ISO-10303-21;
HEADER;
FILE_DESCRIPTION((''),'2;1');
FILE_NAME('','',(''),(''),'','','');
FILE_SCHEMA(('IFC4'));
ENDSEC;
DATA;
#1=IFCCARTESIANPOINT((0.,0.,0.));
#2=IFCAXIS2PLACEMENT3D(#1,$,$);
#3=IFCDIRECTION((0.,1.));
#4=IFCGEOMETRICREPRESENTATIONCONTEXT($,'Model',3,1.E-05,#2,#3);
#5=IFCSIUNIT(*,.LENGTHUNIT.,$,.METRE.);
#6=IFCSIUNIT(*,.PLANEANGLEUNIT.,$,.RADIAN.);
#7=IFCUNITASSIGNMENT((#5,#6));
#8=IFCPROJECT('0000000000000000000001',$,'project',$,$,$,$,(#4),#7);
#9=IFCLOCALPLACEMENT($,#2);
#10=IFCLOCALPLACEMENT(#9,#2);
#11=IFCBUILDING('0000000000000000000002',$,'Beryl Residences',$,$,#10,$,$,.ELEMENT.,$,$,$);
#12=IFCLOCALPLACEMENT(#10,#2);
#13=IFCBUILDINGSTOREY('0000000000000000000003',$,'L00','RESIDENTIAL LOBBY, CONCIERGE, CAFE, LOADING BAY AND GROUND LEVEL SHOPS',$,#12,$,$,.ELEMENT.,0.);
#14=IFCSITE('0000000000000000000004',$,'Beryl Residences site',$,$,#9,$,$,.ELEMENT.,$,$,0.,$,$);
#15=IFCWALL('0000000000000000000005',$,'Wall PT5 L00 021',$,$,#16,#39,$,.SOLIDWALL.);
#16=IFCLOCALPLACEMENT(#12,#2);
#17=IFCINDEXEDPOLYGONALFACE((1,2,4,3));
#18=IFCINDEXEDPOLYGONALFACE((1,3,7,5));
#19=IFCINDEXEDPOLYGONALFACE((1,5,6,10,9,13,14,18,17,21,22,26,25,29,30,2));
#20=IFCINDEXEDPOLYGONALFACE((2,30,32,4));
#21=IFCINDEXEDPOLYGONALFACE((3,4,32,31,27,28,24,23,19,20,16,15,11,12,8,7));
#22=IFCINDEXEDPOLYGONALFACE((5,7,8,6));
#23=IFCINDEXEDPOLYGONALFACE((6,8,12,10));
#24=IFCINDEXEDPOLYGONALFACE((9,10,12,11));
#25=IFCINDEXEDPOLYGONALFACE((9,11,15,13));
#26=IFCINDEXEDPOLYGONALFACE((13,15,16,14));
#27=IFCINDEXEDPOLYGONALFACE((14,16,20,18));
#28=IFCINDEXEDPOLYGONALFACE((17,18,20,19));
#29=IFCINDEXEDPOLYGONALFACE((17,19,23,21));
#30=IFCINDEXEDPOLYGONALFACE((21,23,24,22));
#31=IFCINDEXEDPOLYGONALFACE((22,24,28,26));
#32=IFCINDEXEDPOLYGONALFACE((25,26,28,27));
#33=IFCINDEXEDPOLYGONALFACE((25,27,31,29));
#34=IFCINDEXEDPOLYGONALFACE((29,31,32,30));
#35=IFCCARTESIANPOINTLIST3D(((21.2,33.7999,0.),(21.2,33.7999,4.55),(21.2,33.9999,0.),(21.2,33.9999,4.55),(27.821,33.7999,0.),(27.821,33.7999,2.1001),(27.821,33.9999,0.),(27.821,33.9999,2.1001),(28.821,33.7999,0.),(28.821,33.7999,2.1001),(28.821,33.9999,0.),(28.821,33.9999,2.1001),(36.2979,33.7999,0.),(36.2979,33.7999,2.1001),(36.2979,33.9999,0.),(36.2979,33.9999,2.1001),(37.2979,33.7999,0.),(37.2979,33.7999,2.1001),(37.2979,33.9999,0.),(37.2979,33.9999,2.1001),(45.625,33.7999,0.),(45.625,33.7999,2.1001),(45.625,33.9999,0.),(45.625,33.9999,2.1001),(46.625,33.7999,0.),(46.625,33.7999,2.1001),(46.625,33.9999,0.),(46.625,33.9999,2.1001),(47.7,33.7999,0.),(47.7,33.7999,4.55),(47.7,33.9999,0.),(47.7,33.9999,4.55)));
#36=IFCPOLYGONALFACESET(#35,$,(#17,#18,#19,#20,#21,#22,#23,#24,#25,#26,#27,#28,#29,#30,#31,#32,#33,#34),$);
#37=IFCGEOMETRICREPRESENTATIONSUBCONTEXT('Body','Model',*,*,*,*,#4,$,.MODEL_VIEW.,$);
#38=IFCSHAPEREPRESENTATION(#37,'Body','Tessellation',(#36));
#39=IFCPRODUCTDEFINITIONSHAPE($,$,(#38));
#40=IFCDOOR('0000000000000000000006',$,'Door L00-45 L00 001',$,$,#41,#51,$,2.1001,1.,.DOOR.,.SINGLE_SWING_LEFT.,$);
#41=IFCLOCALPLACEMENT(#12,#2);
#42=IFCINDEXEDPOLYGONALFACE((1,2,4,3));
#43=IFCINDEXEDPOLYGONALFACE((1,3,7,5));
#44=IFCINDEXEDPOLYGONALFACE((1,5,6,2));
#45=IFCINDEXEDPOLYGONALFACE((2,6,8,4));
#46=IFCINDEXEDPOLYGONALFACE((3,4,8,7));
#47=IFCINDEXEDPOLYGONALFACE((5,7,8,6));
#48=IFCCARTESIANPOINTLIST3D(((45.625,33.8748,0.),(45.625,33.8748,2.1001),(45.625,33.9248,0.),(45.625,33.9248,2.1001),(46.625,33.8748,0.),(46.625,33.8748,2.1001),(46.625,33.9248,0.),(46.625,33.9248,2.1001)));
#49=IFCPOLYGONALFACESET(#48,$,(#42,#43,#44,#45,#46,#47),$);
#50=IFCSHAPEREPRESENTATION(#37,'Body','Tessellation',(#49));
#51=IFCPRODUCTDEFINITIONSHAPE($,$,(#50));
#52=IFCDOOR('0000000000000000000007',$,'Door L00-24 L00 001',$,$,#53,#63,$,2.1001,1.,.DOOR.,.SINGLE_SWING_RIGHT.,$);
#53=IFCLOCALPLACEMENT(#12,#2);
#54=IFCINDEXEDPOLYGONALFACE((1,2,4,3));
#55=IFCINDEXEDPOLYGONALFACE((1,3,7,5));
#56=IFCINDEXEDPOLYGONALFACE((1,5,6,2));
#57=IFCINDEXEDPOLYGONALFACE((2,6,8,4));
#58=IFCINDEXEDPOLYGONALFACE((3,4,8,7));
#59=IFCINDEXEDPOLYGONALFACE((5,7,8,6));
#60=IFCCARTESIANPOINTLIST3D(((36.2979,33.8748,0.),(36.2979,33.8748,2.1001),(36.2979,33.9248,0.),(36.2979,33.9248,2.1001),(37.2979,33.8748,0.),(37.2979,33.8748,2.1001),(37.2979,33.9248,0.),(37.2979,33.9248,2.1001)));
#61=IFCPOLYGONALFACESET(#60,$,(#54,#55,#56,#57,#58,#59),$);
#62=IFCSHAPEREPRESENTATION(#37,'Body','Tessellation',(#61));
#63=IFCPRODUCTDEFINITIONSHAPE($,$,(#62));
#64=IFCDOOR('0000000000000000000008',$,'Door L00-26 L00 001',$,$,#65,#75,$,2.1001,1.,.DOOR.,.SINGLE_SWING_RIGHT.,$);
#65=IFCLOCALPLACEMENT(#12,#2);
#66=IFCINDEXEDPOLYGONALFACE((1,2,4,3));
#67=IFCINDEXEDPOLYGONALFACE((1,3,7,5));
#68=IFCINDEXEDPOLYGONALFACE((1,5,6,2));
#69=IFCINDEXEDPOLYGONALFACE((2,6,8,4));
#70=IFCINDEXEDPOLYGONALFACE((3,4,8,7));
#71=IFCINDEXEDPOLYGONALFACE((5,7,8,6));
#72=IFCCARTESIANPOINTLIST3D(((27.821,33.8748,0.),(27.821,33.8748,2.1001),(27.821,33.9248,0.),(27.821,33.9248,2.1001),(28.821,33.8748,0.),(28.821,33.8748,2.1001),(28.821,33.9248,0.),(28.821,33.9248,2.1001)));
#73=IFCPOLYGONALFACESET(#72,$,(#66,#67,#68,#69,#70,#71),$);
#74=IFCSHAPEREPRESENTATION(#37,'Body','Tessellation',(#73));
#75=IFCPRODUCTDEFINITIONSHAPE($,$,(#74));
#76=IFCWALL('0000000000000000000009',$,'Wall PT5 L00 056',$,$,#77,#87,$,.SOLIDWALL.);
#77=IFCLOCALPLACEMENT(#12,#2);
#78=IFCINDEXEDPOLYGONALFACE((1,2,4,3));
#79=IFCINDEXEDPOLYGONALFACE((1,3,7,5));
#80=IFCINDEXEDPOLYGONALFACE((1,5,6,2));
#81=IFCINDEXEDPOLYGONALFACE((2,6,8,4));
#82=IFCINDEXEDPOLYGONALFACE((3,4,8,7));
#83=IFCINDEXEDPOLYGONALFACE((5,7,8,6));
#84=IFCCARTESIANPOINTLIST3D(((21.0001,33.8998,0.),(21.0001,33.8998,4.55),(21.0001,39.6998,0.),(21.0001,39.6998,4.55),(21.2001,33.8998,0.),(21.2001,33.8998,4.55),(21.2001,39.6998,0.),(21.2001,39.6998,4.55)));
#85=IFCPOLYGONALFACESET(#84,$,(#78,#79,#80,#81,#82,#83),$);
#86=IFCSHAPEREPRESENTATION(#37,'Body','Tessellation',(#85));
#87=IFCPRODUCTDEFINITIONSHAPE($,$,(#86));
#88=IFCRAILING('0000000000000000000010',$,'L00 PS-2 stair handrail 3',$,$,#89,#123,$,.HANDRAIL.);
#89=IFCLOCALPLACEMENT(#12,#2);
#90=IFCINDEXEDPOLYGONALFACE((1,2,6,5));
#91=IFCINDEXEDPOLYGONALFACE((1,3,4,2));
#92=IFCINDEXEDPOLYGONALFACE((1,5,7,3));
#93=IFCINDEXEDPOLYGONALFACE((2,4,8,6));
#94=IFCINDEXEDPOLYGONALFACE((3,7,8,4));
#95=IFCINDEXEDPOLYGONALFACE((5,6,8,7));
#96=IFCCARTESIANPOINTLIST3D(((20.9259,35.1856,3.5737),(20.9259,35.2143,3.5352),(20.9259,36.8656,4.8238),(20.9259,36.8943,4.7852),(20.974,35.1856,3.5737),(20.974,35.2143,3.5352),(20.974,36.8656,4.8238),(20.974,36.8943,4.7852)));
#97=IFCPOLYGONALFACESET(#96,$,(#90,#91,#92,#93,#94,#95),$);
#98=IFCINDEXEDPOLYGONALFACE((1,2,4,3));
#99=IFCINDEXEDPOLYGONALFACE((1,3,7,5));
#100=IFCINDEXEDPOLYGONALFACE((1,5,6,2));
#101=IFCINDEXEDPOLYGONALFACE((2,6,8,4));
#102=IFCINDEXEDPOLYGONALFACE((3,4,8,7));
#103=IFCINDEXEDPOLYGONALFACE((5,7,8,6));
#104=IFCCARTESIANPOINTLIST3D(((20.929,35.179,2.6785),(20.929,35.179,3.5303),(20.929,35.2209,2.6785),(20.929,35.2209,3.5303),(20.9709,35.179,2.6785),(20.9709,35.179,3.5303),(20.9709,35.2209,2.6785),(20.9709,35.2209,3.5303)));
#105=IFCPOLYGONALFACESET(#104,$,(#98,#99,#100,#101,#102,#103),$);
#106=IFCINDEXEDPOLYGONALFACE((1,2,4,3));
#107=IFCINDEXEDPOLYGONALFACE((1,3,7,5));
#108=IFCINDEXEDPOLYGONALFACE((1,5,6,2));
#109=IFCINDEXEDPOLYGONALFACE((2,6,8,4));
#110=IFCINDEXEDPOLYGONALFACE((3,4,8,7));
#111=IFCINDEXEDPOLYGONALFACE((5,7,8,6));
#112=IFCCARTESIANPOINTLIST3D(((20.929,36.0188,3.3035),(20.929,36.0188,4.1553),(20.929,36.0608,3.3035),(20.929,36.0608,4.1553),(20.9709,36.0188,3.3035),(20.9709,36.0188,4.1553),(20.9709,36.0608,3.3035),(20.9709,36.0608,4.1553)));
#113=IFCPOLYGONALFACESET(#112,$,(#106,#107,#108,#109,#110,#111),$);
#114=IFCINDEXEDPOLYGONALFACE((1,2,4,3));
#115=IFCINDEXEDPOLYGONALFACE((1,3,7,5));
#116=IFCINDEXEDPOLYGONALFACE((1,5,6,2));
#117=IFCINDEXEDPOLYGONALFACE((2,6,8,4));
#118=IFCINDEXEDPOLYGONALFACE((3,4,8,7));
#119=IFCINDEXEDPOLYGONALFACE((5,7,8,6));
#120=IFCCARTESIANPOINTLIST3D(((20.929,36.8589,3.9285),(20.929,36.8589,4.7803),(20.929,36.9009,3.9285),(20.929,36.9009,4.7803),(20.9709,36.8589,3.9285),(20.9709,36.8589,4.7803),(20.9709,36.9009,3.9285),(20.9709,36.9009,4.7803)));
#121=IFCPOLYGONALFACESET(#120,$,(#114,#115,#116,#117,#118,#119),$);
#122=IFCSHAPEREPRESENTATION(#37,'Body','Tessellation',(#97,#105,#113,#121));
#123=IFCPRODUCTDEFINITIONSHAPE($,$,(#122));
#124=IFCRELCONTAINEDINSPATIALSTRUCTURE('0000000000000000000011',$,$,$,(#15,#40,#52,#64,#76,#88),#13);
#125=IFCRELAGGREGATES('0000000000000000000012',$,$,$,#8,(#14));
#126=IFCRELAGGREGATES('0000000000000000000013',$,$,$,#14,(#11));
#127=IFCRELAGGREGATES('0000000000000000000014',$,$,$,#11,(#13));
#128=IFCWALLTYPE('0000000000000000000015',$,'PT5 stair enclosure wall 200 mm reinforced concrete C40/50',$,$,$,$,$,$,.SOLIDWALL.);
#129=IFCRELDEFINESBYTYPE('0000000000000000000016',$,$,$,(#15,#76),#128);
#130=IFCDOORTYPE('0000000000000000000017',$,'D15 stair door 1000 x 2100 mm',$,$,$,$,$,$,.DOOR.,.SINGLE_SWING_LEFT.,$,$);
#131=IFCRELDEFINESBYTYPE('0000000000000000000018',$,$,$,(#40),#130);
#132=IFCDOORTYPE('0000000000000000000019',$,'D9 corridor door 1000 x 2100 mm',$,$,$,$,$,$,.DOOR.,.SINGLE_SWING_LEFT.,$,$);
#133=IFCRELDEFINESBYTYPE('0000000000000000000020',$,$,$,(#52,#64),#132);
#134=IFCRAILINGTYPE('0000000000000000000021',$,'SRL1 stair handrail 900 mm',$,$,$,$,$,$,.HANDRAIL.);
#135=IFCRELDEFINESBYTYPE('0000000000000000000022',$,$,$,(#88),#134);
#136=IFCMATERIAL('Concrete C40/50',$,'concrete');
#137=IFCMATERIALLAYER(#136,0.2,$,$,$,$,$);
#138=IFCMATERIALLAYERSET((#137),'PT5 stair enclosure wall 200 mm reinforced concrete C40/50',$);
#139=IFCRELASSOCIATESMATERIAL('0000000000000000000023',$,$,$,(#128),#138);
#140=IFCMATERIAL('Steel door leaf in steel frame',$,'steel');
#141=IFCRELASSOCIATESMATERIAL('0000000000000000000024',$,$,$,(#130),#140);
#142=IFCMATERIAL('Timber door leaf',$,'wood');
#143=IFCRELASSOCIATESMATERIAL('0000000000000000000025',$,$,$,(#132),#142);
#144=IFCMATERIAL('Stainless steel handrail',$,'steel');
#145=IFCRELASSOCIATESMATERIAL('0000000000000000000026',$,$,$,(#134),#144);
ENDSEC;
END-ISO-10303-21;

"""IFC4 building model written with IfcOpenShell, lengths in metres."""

from ifc_helpers import new_model, si_unit, direction, frame, frame_2d, origin, origin_2d, place, context, subcontext, project, spatial, rectangle, extrude, material, layer, layer_set, type_object, element, fill, save


model = new_model("IFC4")

# Units and contexts
model_context = context("Model", 3, precision=1e-05, world=origin(), true_north=direction((0.0, 1.0)))
body_context = subcontext(model_context, "Body", "Model", "MODEL_VIEW")
ifc_project = project(units=[si_unit("LENGTHUNIT", "METRE"), si_unit("PLANEANGLEUNIT", "RADIAN")], contexts=[model_context])

# Site, building, storey
site_placement = place(None, origin())
site = spatial("IfcSite", under=ifc_project, at=site_placement, Name="Beryl Residences site", CompositionType="ELEMENT", RefElevation=0.0)
building_placement = place(site_placement, origin())
building = spatial("IfcBuilding", under=site, at=building_placement, Name="Beryl Residences", CompositionType="ELEMENT")
storey_placement = place(building_placement, origin())
storey = spatial("IfcBuildingStorey", under=building, at=storey_placement, Name="L00", Description="RESIDENTIAL LOBBY, CONCIERGE, CAFE, LOADING BAY AND GROUND LEVEL SHOPS", CompositionType="ELEMENT", Elevation=0.0)

# Wall, openings, doors
ifc_material_1 = material(Name="Concrete C40/50", Category="concrete")
ifc_layer_1 = layer(ifc_material_1, 0.2)
ifc_layer_set_1 = layer_set([ifc_layer_1], Name="PT5 stair enclosure wall 200 mm reinforced concrete C40/50")
wall_type_1 = type_object("IfcWallType", Name="PT5 stair enclosure wall 200 mm reinforced concrete C40/50", PredefinedType="SOLIDWALL", material=ifc_layer_set_1)
wall_1_placement = place(storey_placement, frame((21.2, 33.8999, 0.0), z_axis=(0.0, 0.0, 1.0), x_axis=(1.0, 0.0, 0.0)))
wall_1 = element("IfcWall", 1, at=wall_1_placement, inside=storey, type_object=wall_type_1, Name="Wall PT5 L00 021", PredefinedType="SOLIDWALL", context=body_context, shape_type="SweptSolid", body=[
    extrude(rectangle(XDim=26.5, YDim=0.2, at=frame_2d((13.25, 0.0))), origin(), (0.0, 0.0, 1.0), 4.55),
])
opening_1_placement = place(wall_1_placement, frame((15.0979, 0.0, 0.0)))
opening_1 = element("IfcOpeningElement", 2, at=opening_1_placement, cuts=wall_1, PredefinedType="OPENING", context=body_context, shape_type="SweptSolid", body=[
    extrude(rectangle(XDim=1.0, YDim=2.1001, at=frame_2d((0.5, 1.05))), frame((0.0, 0.1099, 0.0), z_axis=(0.0, -1.0, 0.0), x_axis=(1.0, 0.0, 0.0)), (0.0, 0.0, 1.0), 0.22),
])
opening_2_placement = place(wall_1_placement, frame((6.6211, 0.0, 0.0)))
opening_2 = element("IfcOpeningElement", 3, at=opening_2_placement, cuts=wall_1, PredefinedType="OPENING", context=body_context, shape_type="SweptSolid", body=[
    extrude(rectangle(XDim=1.0, YDim=2.1001, at=frame_2d((0.5, 1.05))), frame((0.0, 0.1099, 0.0), z_axis=(0.0, -1.0, 0.0), x_axis=(1.0, 0.0, 0.0)), (0.0, 0.0, 1.0), 0.22),
])
opening_3_placement = place(wall_1_placement, frame((24.425, 0.0, 0.0)))
opening_3 = element("IfcOpeningElement", 4, at=opening_3_placement, cuts=wall_1, PredefinedType="OPENING", context=body_context, shape_type="SweptSolid", body=[
    extrude(rectangle(XDim=1.0, YDim=2.1001, at=frame_2d((0.5, 1.05))), frame((0.0, 0.1099, 0.0), z_axis=(0.0, -1.0, 0.0), x_axis=(1.0, 0.0, 0.0)), (0.0, 0.0, 1.0), 0.22),
])
ifc_material_2 = material(Name="Steel door leaf in steel frame", Category="steel")
door_type_1 = type_object("IfcDoorType", Name="D15 stair door 1000 x 2100 mm", OperationType="SINGLE_SWING_LEFT", PredefinedType="DOOR", material=ifc_material_2)
door_1_placement = place(opening_3_placement, origin())
door_1 = element("IfcDoor", 5, at=door_1_placement, inside=storey, type_object=door_type_1, Name="Door L00-45 L00 001", OperationType="SINGLE_SWING_LEFT", OverallHeight=2.1001, OverallWidth=1.0, PredefinedType="DOOR", context=body_context, shape_type="SweptSolid", body=[
    extrude(rectangle(XDim=1.0, YDim=2.1001, at=frame_2d((0.5, 1.05))), frame((0.0, 0.0249, 0.0), z_axis=(0.0, -1.0, 0.0), x_axis=(1.0, 0.0, 0.0)), (0.0, 0.0, 1.0), 0.05),
])
fill(opening_3, door_1)
ifc_material_3 = material(Name="Timber door leaf", Category="wood")
door_type_2 = type_object("IfcDoorType", Name="D9 corridor door 1000 x 2100 mm", OperationType="SINGLE_SWING_LEFT", PredefinedType="DOOR", material=ifc_material_3)
door_2_placement = place(opening_1_placement, origin())
door_2 = element("IfcDoor", 6, at=door_2_placement, inside=storey, type_object=door_type_2, Name="Door L00-24 L00 001", OperationType="SINGLE_SWING_RIGHT", OverallHeight=2.1001, OverallWidth=1.0, PredefinedType="DOOR", context=body_context, shape_type="SweptSolid", body=[
    extrude(rectangle(XDim=1.0, YDim=2.1001, at=frame_2d((0.5, 1.05))), frame((0.0, 0.0249, 0.0), z_axis=(0.0, -1.0, 0.0), x_axis=(1.0, 0.0, 0.0)), (0.0, 0.0, 1.0), 0.05),
])
fill(opening_1, door_2)
door_3_placement = place(opening_2_placement, origin())
door_3 = element("IfcDoor", 7, at=door_3_placement, inside=storey, type_object=door_type_2, Name="Door L00-26 L00 001", OperationType="SINGLE_SWING_RIGHT", OverallHeight=2.1001, OverallWidth=1.0, PredefinedType="DOOR", context=body_context, shape_type="SweptSolid", body=[
    extrude(rectangle(XDim=1.0, YDim=2.1001, at=frame_2d((0.5, 1.05))), frame((0.0, 0.0249, 0.0), z_axis=(0.0, -1.0, 0.0), x_axis=(1.0, 0.0, 0.0)), (0.0, 0.0, 1.0), 0.05),
])
fill(opening_2, door_3)

# Wall
wall_2_placement = place(storey_placement, frame((21.1001, 33.8999, 0.0), z_axis=(0.0, 0.0, 1.0), x_axis=(0.0, 1.0, 0.0)))
element("IfcWall", 8, at=wall_2_placement, inside=storey, type_object=wall_type_1, Name="Wall PT5 L00 056", PredefinedType="SOLIDWALL", context=body_context, shape_type="SweptSolid", body=[
    extrude(rectangle(XDim=5.8, YDim=0.2, at=frame_2d((2.8999, 0.0))), origin(), (0.0, 0.0, 1.0), 4.55),
])

# Railing
ifc_material_4 = material(Name="Stainless steel handrail", Category="steel")
railing_type = type_object("IfcRailingType", Name="SRL1 stair handrail 900 mm", PredefinedType="HANDRAIL", material=ifc_material_4)
railing_placement = place(storey_placement, frame((20.95, 35.2, 2.6785)))
element("IfcRailing", 9, at=railing_placement, inside=storey, type_object=railing_type, Name="L00 PS-2 stair handrail 3", PredefinedType="HANDRAIL", context=body_context, shape_type="SweptSolid", body=[
    extrude(rectangle(XDim=0.0481, YDim=0.0481, at=origin_2d()), frame((0.0, 0.0, 0.876), z_axis=(0.0, 0.802275, 0.596955), x_axis=(-1.0, 0.0, 0.0)), (0.0, 0.0, 1.0), 2.094),
    extrude(rectangle(XDim=0.042, YDim=0.042, at=origin_2d()), origin(), (0.0, 0.0, 1.0), 0.8518),
    extrude(rectangle(XDim=0.042, YDim=0.042, at=origin_2d()), frame((0.0, 0.8398, 0.625)), (0.0, 0.0, 1.0), 0.8518),
    extrude(rectangle(XDim=0.042, YDim=0.042, at=origin_2d()), frame((0.0, 1.6799, 1.25)), (0.0, 0.0, 1.0), 0.8518),
])

save(model, "model.ifc")
